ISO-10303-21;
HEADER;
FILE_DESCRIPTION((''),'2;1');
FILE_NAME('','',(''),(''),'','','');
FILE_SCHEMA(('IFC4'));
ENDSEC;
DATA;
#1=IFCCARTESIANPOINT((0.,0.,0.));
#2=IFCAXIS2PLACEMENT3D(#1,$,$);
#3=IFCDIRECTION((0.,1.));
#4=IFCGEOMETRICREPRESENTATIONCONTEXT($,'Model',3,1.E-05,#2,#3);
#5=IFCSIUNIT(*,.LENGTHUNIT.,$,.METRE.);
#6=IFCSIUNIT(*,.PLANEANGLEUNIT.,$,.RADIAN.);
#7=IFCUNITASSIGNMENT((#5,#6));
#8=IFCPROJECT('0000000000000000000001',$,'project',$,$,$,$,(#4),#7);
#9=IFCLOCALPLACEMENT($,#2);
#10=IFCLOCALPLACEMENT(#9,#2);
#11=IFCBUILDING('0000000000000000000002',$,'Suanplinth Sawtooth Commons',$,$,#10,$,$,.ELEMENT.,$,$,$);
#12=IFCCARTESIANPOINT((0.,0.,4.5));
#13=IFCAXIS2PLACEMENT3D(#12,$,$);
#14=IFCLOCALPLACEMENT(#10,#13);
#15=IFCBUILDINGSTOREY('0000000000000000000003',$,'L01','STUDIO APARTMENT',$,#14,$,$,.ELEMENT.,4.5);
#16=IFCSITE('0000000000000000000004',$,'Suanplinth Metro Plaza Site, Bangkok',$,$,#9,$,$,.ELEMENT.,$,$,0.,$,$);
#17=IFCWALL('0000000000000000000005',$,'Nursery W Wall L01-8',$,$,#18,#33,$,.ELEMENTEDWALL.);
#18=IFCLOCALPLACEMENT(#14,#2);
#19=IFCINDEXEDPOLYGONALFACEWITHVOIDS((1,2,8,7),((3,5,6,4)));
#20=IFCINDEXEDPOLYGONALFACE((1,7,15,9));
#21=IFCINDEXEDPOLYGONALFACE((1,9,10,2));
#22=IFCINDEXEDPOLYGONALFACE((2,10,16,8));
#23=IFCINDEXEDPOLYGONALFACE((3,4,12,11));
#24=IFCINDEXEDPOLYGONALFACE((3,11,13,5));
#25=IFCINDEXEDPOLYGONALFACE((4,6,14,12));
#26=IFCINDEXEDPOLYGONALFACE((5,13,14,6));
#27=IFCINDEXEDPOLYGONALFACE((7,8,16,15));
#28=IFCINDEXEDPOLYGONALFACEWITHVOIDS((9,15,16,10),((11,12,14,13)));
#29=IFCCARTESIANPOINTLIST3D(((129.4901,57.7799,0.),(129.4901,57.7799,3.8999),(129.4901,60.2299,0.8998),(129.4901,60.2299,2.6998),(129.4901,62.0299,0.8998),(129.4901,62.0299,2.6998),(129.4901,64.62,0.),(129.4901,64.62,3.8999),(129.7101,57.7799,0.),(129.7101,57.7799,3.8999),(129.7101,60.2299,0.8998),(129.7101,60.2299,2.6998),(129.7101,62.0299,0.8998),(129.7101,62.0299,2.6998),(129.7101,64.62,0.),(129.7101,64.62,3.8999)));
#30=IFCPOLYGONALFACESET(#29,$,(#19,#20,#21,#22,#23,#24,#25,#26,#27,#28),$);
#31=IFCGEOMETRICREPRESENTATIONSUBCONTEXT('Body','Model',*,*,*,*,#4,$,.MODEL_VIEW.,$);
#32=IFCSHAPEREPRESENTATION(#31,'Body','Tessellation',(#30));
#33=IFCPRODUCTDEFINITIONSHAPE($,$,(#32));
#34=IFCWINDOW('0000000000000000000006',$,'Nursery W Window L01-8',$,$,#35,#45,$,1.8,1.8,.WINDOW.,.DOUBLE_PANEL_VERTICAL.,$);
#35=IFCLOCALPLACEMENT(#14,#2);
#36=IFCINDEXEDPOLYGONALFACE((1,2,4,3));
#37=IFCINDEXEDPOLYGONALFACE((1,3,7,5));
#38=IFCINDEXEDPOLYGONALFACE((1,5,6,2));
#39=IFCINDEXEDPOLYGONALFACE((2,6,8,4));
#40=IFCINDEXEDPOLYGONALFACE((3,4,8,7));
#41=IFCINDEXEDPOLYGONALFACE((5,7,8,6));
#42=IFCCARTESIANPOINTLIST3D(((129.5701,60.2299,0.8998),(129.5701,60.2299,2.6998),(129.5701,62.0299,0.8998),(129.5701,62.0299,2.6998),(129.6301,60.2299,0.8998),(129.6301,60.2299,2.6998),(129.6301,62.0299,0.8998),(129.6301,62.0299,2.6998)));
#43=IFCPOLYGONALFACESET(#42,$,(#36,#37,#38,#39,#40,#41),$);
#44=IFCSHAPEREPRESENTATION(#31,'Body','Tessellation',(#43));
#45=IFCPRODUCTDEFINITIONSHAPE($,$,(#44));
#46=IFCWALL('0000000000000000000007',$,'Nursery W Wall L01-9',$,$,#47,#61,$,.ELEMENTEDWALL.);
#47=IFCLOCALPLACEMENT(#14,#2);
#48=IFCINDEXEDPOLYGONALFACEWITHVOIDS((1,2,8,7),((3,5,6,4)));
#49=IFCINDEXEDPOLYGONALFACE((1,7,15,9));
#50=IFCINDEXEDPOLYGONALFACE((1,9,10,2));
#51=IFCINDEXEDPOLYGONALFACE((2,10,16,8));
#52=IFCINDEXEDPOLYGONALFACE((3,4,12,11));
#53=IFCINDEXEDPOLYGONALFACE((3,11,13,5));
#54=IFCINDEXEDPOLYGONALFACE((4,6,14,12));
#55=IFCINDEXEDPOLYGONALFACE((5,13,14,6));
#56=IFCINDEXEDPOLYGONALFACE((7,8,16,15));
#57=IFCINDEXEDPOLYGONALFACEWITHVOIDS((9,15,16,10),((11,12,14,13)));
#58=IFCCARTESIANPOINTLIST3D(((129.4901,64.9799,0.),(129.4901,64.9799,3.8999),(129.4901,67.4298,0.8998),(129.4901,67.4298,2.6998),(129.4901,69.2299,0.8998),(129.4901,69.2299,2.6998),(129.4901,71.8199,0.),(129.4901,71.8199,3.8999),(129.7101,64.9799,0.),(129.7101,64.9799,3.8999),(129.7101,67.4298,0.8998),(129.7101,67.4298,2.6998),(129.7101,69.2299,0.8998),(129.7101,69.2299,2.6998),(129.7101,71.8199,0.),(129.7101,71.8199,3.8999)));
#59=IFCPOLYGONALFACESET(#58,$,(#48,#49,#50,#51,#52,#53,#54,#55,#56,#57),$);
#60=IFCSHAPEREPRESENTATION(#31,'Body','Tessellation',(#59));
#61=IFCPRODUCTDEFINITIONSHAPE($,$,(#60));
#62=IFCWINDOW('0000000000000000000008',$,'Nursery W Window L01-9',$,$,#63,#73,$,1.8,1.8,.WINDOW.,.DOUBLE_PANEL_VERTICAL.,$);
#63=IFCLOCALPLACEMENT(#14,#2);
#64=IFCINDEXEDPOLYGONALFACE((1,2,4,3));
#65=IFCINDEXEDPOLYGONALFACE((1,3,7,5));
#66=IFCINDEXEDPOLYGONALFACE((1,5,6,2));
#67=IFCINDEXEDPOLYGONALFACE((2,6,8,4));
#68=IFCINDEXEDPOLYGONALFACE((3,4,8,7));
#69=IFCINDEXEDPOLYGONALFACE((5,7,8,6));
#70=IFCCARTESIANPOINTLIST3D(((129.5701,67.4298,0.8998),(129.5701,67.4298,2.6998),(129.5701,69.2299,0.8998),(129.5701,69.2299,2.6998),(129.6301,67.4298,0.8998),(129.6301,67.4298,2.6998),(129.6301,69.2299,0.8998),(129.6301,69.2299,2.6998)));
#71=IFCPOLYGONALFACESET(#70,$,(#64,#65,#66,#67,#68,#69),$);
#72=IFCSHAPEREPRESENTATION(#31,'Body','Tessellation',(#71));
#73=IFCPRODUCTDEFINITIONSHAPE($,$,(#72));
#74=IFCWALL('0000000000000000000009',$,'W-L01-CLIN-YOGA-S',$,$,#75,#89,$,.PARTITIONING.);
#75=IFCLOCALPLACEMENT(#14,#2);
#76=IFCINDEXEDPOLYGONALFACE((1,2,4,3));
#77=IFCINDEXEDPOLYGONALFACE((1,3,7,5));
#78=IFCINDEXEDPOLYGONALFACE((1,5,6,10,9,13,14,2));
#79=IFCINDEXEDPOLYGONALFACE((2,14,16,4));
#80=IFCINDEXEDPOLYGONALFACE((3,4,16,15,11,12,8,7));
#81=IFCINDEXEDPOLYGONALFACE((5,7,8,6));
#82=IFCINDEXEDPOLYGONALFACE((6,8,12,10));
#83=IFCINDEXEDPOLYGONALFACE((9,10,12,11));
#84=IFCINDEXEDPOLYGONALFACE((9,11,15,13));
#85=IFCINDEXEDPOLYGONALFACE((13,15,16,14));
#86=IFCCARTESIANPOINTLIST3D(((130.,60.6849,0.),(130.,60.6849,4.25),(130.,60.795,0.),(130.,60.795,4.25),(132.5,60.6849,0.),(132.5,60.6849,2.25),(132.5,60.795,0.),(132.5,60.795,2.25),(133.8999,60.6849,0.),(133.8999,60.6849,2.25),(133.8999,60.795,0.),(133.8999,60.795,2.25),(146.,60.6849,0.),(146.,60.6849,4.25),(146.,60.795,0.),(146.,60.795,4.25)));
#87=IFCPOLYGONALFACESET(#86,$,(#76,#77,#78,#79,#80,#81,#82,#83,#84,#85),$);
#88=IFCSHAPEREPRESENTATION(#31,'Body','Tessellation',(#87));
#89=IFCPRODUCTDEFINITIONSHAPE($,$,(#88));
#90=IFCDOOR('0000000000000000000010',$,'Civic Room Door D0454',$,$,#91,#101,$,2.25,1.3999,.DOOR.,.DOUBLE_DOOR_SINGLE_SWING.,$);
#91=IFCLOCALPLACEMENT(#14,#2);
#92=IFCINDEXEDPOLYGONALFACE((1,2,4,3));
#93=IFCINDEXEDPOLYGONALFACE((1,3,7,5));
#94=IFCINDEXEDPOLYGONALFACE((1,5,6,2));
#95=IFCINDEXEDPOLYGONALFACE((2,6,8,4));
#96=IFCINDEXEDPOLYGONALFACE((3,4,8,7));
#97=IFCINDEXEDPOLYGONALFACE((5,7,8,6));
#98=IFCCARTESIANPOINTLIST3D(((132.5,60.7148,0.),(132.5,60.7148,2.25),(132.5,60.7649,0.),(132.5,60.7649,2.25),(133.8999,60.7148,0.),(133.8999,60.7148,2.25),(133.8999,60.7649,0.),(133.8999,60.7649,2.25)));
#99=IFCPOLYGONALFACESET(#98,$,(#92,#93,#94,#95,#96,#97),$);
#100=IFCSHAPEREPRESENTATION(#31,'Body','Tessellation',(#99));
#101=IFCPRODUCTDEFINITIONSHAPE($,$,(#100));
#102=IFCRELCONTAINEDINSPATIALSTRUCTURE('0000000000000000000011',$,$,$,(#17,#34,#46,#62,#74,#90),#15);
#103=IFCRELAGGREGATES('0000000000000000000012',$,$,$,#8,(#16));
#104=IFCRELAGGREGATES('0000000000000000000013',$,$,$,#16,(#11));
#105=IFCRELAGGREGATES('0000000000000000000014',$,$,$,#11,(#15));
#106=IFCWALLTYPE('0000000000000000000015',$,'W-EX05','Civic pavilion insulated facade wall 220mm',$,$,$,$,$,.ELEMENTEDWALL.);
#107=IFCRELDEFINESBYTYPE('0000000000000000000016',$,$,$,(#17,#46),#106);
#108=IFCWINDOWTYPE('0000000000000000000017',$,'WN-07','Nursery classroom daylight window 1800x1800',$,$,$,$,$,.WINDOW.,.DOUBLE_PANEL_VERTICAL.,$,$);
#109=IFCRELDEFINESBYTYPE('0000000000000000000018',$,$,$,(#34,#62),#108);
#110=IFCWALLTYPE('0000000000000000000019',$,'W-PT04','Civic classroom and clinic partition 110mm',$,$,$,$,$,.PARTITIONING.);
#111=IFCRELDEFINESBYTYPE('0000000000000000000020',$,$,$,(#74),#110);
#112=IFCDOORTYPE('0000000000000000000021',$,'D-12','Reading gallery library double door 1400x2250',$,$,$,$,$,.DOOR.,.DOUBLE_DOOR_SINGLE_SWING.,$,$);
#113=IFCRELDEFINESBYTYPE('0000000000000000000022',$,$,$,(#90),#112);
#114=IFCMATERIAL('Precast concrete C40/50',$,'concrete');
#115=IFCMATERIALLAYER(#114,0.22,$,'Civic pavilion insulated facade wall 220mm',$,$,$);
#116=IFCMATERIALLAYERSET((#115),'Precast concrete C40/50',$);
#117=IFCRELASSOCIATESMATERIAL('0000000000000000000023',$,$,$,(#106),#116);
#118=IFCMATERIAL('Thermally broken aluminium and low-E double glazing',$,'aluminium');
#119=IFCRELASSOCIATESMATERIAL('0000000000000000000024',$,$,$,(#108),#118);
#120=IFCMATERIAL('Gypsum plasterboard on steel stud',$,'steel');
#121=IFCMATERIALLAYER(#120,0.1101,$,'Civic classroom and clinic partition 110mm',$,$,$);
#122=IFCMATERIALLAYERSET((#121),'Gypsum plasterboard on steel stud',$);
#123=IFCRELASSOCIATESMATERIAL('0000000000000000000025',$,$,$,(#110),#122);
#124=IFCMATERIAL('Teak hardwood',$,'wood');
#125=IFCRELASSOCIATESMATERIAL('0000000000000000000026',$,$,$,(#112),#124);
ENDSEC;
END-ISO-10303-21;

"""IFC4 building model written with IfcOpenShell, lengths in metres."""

from ifc_helpers import new_model, si_unit, direction, frame, frame_2d, origin, place, context, subcontext, project, spatial, rectangle, extrude, material, layer, layer_set, type_object, element, fill, save


model = new_model("IFC4")

# Units and contexts
model_context = context("Model", 3, precision=1e-05, world=origin(), true_north=direction((0.0, 1.0)))
body_context = subcontext(model_context, "Body", "Model", "MODEL_VIEW")
ifc_project = project(units=[si_unit("LENGTHUNIT", "METRE"), si_unit("PLANEANGLEUNIT", "RADIAN")], contexts=[model_context])

# Site, building, storey
site_placement = place(None, origin())
site = spatial("IfcSite", under=ifc_project, at=site_placement, Name="Suanplinth Metro Plaza Site, Bangkok", CompositionType="ELEMENT", RefElevation=0.0)
building_placement = place(site_placement, origin())
building = spatial("IfcBuilding", under=site, at=building_placement, Name="Suanplinth Sawtooth Commons", CompositionType="ELEMENT")
storey_placement = place(building_placement, frame((0.0, 0.0, 4.5)))
storey = spatial("IfcBuildingStorey", under=building, at=storey_placement, Name="L01", Description="STUDIO APARTMENT", CompositionType="ELEMENT", Elevation=4.5)

# Shared definitions
ifc_material_1 = material(Name="Precast concrete C40/50", Category="concrete")

# Walls, openings, windows
ifc_layer_1 = layer(ifc_material_1, 0.22, Name="Civic pavilion insulated facade wall 220mm")
ifc_layer_set_1 = layer_set([ifc_layer_1], Name="Precast concrete C40/50")
wall_type_1 = type_object("IfcWallType", Name="W-EX05", Description="Civic pavilion insulated facade wall 220mm", PredefinedType="ELEMENTEDWALL", material=ifc_layer_set_1)
ifc_material_2 = material(Name="Thermally broken aluminium and low-E double glazing", Category="aluminium")
window_type_1 = type_object("IfcWindowType", Name="WN-07", Description="Nursery classroom daylight window 1800x1800", PartitioningType="DOUBLE_PANEL_VERTICAL", PredefinedType="WINDOW", material=ifc_material_2)
wall_1_placement = place(storey_placement, frame((129.6001, 57.78, 0.0), z_axis=(0.0, 0.0, 1.0), x_axis=(0.0, 1.0, 0.0)))
wall_1 = element("IfcWall", 1, at=wall_1_placement, inside=storey, type_object=wall_type_1, Name="Nursery W Wall L01-8", PredefinedType="ELEMENTEDWALL", context=body_context, shape_type="SweptSolid", body=[
    extrude(rectangle(XDim=6.8401, YDim=0.22, at=frame_2d((3.4199, 0.0))), origin(), (0.0, 0.0, 1.0), 3.8999),
])
opening_1_placement = place(wall_1_placement, frame((2.45, 0.0, 0.8999)))
opening_1 = element("IfcOpeningElement", 2, at=opening_1_placement, cuts=wall_1, PredefinedType="OPENING", context=body_context, shape_type="SweptSolid", body=[
    extrude(rectangle(XDim=1.8, YDim=1.8, at=frame_2d((0.8999, 0.8999))), frame((0.0, 0.125, 0.0), z_axis=(0.0, -1.0, 0.0), x_axis=(1.0, 0.0, 0.0)), (0.0, 0.0, 1.0), 0.2498),
])
window_1_placement = place(opening_1_placement, origin())
window_1 = element("IfcWindow", 3, at=window_1_placement, inside=storey, type_object=window_type_1, Name="Nursery W Window L01-8", OverallHeight=1.8, OverallWidth=1.8, PartitioningType="DOUBLE_PANEL_VERTICAL", PredefinedType="WINDOW", context=body_context, shape_type="SweptSolid", body=[
    extrude(rectangle(XDim=1.8, YDim=1.8, at=frame_2d((0.8999, 0.8999))), frame((0.0, 0.03, 0.0), z_axis=(0.0, -1.0, 0.0), x_axis=(1.0, 0.0, 0.0)), (0.0, 0.0, 1.0), 0.0601),
])
fill(opening_1, window_1)
wall_2_placement = place(storey_placement, frame((129.6001, 64.98, 0.0), z_axis=(0.0, 0.0, 1.0), x_axis=(0.0, 1.0, 0.0)))
wall_2 = element("IfcWall", 4, at=wall_2_placement, inside=storey, type_object=wall_type_1, Name="Nursery W Wall L01-9", PredefinedType="ELEMENTEDWALL", context=body_context, shape_type="SweptSolid", body=[
    extrude(rectangle(XDim=6.8401, YDim=0.22, at=frame_2d((3.4199, 0.0))), origin(), (0.0, 0.0, 1.0), 3.8999),
])
opening_2_placement = place(wall_2_placement, frame((2.45, 0.0, 0.8999)))
opening_2 = element("IfcOpeningElement", 5, at=opening_2_placement, cuts=wall_2, PredefinedType="OPENING", context=body_context, shape_type="SweptSolid", body=[
    extrude(rectangle(XDim=1.8, YDim=1.8, at=frame_2d((0.8999, 0.8999))), frame((0.0, 0.125, 0.0), z_axis=(0.0, -1.0, 0.0), x_axis=(1.0, 0.0, 0.0)), (0.0, 0.0, 1.0), 0.2498),
])
window_2_placement = place(opening_2_placement, origin())
window_2 = element("IfcWindow", 6, at=window_2_placement, inside=storey, type_object=window_type_1, Name="Nursery W Window L01-9", OverallHeight=1.8, OverallWidth=1.8, PartitioningType="DOUBLE_PANEL_VERTICAL", PredefinedType="WINDOW", context=body_context, shape_type="SweptSolid", body=[
    extrude(rectangle(XDim=1.8, YDim=1.8, at=frame_2d((0.8999, 0.8999))), frame((0.0, 0.03, 0.0), z_axis=(0.0, -1.0, 0.0), x_axis=(1.0, 0.0, 0.0)), (0.0, 0.0, 1.0), 0.0601),
])
fill(opening_2, window_2)

# Wall, opening, door
ifc_material_3 = material(Name="Gypsum plasterboard on steel stud", Category="steel")
ifc_layer_2 = layer(ifc_material_3, 0.1101, Name="Civic classroom and clinic partition 110mm")
ifc_layer_set_2 = layer_set([ifc_layer_2], Name="Gypsum plasterboard on steel stud")
wall_type_2 = type_object("IfcWallType", Name="W-PT04", Description="Civic classroom and clinic partition 110mm", PredefinedType="PARTITIONING", material=ifc_layer_set_2)
wall_3_placement = place(storey_placement, frame((130.0, 60.74, 0.0), z_axis=(0.0, 0.0, 1.0), x_axis=(1.0, 0.0, 0.0)))
wall_3 = element("IfcWall", 7, at=wall_3_placement, inside=storey, type_object=wall_type_2, Name="W-L01-CLIN-YOGA-S", PredefinedType="PARTITIONING", context=body_context, shape_type="SweptSolid", body=[
    extrude(rectangle(XDim=16.0, YDim=0.1101, at=frame_2d((8.0, 0.0))), origin(), (0.0, 0.0, 1.0), 4.25),
])
opening_3_placement = place(wall_3_placement, frame((2.5, 0.0, 0.0)))
opening_3 = element("IfcOpeningElement", 8, at=opening_3_placement, cuts=wall_3, PredefinedType="OPENING", context=body_context, shape_type="SweptSolid", body=[
    extrude(rectangle(XDim=1.3999, YDim=2.25, at=frame_2d((0.7, 1.125))), frame((0.0, 0.0698, 0.0), z_axis=(0.0, -1.0, 0.0), x_axis=(1.0, 0.0, 0.0)), (0.0, 0.0, 1.0), 0.1399),
])
ifc_material_4 = material(Name="Teak hardwood", Category="wood")
door_type = type_object("IfcDoorType", Name="D-12", Description="Reading gallery library double door 1400x2250", OperationType="DOUBLE_DOOR_SINGLE_SWING", PredefinedType="DOOR", material=ifc_material_4)
door_placement = place(opening_3_placement, origin())
door = element("IfcDoor", 9, at=door_placement, inside=storey, type_object=door_type, Name="Civic Room Door D0454", OperationType="DOUBLE_DOOR_SINGLE_SWING", OverallHeight=2.25, OverallWidth=1.3999, PredefinedType="DOOR", context=body_context, shape_type="SweptSolid", body=[
    extrude(rectangle(XDim=1.3999, YDim=2.25, at=frame_2d((0.7, 1.125))), frame((0.0, 0.0249, 0.0), z_axis=(0.0, -1.0, 0.0), x_axis=(1.0, 0.0, 0.0)), (0.0, 0.0, 1.0), 0.05),
])
fill(opening_3, door)

save(model, "model.ifc")
